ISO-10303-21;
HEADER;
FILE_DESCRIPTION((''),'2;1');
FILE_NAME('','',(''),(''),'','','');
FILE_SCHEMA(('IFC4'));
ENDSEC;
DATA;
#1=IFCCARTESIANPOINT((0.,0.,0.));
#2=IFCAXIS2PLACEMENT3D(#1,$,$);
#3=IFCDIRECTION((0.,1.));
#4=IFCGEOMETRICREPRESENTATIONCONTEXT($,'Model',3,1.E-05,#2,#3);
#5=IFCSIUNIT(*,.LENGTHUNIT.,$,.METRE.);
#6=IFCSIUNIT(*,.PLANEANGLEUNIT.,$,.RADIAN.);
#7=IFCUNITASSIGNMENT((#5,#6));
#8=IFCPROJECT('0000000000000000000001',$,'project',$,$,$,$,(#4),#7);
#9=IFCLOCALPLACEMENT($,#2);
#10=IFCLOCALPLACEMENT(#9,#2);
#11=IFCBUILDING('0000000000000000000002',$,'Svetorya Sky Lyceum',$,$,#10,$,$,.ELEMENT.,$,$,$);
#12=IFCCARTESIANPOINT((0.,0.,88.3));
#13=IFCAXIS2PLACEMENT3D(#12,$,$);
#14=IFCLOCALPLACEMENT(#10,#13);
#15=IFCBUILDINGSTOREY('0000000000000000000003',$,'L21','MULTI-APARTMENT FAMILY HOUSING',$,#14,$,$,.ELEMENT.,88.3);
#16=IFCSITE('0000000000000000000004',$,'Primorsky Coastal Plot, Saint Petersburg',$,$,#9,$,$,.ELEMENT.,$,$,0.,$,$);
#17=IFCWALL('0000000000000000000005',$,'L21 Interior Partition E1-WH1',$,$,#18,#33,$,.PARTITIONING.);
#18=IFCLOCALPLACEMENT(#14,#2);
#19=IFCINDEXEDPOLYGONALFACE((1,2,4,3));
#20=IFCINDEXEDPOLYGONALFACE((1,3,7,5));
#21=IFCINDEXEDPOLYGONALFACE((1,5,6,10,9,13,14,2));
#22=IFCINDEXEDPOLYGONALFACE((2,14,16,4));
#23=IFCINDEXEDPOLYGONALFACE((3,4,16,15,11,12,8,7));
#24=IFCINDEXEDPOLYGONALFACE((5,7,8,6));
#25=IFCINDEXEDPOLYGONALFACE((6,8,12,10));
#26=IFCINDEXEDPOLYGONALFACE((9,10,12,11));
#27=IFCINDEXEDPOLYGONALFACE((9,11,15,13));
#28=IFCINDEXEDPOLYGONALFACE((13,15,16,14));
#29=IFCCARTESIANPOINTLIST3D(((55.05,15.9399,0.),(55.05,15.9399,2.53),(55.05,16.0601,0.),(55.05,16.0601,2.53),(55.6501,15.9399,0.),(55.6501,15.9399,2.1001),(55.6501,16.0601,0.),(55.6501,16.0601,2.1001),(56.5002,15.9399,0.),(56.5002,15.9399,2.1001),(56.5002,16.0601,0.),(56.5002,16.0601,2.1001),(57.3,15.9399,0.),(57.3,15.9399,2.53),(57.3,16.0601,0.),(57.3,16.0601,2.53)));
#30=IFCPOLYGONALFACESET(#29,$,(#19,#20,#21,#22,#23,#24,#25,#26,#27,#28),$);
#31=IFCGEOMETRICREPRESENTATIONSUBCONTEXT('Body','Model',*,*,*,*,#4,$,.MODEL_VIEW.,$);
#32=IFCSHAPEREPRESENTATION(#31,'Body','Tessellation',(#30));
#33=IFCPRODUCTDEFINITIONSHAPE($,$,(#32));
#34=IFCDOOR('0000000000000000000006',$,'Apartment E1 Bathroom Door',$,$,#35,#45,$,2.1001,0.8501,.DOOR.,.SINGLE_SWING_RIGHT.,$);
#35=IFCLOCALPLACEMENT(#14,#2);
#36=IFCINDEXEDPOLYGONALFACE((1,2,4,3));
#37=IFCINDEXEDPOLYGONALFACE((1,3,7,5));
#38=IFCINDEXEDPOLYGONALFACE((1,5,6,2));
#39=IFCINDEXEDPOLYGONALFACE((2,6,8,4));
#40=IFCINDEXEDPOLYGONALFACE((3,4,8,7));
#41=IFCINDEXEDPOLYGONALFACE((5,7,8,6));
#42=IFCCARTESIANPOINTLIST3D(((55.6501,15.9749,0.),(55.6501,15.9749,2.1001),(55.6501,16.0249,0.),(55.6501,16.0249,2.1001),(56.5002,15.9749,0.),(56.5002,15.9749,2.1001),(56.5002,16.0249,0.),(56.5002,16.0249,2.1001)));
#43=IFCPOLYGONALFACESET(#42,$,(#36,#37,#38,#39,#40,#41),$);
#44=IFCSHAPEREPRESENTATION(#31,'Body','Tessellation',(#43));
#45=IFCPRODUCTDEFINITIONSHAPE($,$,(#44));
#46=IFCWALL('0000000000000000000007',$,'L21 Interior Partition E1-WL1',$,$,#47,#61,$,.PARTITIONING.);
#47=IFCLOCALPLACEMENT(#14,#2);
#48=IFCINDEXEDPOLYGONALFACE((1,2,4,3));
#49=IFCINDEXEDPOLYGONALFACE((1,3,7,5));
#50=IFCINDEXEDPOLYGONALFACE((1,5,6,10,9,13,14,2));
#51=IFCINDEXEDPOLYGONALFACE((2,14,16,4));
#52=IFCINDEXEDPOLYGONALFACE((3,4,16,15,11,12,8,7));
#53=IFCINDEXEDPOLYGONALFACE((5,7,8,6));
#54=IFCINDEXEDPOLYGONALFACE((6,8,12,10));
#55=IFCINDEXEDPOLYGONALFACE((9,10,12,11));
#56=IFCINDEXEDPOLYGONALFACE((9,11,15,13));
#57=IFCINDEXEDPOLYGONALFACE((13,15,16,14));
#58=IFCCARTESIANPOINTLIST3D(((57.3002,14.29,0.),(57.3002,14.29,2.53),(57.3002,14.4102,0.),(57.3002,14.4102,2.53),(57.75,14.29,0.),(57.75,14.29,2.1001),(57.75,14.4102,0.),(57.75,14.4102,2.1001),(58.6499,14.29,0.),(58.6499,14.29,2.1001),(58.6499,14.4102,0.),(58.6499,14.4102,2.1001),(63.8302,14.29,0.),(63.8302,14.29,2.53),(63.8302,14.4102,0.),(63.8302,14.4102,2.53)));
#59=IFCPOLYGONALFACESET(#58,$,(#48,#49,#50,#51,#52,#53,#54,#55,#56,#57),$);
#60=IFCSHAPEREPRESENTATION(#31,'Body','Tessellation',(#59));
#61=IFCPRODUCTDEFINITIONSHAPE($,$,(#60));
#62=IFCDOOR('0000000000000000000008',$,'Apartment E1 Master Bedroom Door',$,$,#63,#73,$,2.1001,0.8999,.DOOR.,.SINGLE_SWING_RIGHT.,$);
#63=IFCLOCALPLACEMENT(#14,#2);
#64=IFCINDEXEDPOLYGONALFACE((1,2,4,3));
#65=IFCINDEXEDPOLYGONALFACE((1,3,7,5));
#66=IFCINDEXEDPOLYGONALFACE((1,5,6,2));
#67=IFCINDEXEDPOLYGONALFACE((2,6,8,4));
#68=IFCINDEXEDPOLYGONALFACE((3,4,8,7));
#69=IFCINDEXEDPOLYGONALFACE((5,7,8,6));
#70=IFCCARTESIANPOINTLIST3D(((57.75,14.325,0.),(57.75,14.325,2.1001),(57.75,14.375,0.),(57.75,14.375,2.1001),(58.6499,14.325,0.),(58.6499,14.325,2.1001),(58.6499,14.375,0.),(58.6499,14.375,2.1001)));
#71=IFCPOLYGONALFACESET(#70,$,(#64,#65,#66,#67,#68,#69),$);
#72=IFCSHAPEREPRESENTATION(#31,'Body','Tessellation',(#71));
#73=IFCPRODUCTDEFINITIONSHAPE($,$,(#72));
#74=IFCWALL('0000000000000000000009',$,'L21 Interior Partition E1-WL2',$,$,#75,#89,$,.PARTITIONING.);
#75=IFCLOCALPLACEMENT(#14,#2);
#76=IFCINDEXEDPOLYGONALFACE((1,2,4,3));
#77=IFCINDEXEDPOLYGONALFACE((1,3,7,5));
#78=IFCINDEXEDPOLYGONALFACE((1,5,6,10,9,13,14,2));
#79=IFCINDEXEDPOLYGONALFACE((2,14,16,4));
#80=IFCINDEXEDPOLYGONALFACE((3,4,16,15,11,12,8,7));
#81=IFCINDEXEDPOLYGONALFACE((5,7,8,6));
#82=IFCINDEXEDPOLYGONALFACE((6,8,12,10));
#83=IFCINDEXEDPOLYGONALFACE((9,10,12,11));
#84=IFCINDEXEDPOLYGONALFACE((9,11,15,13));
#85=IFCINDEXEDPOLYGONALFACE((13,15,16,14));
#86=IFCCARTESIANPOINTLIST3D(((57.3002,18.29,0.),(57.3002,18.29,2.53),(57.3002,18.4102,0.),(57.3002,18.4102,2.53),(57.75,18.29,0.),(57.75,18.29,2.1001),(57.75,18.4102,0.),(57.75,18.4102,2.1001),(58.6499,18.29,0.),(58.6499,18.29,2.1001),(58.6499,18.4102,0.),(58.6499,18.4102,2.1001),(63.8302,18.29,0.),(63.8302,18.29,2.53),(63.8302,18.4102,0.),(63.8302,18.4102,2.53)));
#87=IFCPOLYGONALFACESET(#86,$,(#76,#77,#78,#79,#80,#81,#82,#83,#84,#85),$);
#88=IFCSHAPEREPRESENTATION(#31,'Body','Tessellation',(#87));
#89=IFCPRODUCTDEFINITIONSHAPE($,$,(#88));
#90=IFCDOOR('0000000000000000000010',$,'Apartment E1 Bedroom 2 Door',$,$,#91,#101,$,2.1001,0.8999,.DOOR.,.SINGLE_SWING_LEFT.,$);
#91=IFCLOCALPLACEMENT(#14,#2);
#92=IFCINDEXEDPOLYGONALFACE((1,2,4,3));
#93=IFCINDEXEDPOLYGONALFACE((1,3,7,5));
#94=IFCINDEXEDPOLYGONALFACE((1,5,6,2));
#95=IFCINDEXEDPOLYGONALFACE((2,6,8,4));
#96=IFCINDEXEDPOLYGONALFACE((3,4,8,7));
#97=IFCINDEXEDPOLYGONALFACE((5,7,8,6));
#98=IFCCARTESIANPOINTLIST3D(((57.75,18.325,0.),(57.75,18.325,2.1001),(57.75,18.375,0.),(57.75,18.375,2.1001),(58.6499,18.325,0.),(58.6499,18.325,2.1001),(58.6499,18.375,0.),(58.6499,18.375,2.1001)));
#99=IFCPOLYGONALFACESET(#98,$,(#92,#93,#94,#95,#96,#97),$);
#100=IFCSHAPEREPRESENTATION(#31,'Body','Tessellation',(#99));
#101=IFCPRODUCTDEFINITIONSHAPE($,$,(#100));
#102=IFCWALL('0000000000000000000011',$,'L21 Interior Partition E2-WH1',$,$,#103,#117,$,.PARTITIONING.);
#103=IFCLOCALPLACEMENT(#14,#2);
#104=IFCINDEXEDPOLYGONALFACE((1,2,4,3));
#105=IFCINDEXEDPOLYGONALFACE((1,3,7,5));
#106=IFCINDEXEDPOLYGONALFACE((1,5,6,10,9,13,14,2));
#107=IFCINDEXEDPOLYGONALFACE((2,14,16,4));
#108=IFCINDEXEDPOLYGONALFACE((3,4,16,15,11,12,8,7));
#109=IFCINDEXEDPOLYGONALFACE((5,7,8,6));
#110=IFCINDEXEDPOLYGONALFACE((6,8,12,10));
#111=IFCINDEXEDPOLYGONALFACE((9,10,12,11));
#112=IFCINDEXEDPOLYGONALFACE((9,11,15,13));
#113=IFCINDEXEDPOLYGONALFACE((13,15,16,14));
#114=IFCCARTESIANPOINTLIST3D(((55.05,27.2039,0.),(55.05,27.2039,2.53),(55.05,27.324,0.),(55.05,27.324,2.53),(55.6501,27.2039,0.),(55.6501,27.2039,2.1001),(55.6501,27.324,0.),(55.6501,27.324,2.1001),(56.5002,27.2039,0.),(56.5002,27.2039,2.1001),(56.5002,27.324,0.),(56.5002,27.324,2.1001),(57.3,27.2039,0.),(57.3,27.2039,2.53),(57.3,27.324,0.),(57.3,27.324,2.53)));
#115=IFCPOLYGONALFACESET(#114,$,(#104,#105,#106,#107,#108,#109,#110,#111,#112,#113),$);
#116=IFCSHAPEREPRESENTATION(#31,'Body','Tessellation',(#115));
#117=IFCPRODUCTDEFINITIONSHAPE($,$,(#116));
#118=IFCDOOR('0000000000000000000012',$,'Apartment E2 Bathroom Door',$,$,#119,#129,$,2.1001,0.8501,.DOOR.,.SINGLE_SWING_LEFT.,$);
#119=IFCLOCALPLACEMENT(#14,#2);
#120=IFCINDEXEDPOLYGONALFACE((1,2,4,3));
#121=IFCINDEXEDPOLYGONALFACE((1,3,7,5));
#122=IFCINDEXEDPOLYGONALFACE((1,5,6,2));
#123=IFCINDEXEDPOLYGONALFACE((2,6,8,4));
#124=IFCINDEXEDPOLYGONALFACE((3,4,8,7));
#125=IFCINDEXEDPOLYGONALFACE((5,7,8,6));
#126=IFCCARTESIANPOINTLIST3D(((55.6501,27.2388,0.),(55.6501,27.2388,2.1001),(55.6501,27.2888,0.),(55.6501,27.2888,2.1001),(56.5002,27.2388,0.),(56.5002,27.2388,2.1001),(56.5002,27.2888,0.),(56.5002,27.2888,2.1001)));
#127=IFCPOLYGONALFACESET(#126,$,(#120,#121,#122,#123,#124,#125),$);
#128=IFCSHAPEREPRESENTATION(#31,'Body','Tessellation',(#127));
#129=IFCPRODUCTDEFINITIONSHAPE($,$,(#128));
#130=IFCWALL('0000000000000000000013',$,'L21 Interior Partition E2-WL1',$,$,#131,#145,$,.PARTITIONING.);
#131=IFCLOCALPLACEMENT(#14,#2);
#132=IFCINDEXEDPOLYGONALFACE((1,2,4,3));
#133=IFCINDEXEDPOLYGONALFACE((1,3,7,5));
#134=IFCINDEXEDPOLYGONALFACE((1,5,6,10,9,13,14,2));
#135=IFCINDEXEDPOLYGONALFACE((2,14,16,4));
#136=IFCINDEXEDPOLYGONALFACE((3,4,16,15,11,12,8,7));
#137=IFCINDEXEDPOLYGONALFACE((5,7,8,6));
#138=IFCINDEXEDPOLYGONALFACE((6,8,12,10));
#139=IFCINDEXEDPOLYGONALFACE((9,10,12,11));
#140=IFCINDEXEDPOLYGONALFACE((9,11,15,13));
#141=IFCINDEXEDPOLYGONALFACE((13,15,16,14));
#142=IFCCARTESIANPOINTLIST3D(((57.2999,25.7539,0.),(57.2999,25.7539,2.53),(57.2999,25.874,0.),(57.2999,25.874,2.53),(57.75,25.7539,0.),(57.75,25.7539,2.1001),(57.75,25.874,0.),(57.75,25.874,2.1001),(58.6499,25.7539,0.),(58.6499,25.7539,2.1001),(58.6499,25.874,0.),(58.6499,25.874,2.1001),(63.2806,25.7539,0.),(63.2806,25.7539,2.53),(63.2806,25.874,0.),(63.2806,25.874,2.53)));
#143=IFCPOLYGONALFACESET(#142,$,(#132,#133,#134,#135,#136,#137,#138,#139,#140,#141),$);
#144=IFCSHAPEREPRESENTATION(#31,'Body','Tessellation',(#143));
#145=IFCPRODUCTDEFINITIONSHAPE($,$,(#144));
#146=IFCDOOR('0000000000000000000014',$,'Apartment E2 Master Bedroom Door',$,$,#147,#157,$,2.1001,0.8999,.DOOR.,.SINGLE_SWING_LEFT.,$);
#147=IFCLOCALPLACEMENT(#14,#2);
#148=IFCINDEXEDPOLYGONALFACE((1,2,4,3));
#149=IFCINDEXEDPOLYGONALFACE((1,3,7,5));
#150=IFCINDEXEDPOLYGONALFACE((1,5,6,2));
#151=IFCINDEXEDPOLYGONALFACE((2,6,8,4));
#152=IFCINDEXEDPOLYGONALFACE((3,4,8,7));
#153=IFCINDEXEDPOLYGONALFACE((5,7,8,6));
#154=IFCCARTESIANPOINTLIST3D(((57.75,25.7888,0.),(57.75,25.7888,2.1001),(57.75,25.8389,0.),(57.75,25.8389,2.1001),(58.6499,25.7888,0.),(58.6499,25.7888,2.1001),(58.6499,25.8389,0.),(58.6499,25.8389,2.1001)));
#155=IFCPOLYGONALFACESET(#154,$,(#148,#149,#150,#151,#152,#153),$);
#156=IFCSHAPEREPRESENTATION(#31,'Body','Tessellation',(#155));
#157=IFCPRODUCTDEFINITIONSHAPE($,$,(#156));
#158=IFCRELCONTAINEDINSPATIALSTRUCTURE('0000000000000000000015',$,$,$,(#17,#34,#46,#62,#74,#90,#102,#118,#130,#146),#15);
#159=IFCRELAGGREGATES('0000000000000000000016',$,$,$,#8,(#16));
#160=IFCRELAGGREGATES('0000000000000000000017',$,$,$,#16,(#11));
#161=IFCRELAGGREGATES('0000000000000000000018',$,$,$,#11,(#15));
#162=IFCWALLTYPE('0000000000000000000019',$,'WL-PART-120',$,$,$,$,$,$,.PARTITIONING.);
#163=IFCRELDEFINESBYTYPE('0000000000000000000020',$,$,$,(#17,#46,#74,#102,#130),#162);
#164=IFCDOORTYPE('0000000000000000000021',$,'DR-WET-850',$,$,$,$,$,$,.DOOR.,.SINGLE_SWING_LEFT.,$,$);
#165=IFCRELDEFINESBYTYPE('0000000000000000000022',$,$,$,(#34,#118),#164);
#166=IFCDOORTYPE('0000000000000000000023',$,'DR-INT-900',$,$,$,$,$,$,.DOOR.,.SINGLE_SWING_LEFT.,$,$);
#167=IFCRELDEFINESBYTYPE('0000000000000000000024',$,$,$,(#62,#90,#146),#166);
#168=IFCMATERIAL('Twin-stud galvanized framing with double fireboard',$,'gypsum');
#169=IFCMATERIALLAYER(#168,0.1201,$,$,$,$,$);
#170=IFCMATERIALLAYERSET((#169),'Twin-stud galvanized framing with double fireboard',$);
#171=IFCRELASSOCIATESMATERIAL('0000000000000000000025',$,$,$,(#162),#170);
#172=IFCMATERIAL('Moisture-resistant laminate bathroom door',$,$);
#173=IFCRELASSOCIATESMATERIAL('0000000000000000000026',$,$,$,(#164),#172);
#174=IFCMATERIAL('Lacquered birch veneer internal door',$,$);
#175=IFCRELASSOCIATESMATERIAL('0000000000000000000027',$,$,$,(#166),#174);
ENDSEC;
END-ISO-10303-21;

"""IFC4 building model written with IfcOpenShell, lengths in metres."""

from ifc_helpers import new_model, si_unit, direction, frame, frame_2d, origin, place, context, subcontext, project, spatial, rectangle, extrude, material, layer, layer_set, type_object, element, fill, save


model = new_model("IFC4")

# Units and contexts
model_context = context("Model", 3, precision=1e-05, world=origin(), true_north=direction((0.0, 1.0)))
body_context = subcontext(model_context, "Body", "Model", "MODEL_VIEW")
ifc_project = project(units=[si_unit("LENGTHUNIT", "METRE"), si_unit("PLANEANGLEUNIT", "RADIAN")], contexts=[model_context])

# Site, building, storey
site_placement = place(None, origin())
site = spatial("IfcSite", under=ifc_project, at=site_placement, Name="Primorsky Coastal Plot, Saint Petersburg", CompositionType="ELEMENT", RefElevation=0.0)
building_placement = place(site_placement, origin())
building = spatial("IfcBuilding", under=site, at=building_placement, Name="Svetorya Sky Lyceum", CompositionType="ELEMENT")
storey_placement = place(building_placement, frame((0.0, 0.0, 88.3)))
storey = spatial("IfcBuildingStorey", under=building, at=storey_placement, Name="L21", Description="MULTI-APARTMENT FAMILY HOUSING", CompositionType="ELEMENT", Elevation=88.3)

# Walls, openings, doors
ifc_material_1 = material(Name="Twin-stud galvanized framing with double fireboard", Category="gypsum")
ifc_layer_1 = layer(ifc_material_1, 0.1201)
ifc_layer_set_1 = layer_set([ifc_layer_1], Name="Twin-stud galvanized framing with double fireboard")
wall_type_1 = type_object("IfcWallType", Name="WL-PART-120", PredefinedType="PARTITIONING", material=ifc_layer_set_1)
wall_1_placement = place(storey_placement, frame((55.05, 16.0, 0.0), z_axis=(0.0, 0.0, 1.0), x_axis=(1.0, 0.0, 0.0)))
wall_1 = element("IfcWall", 1, at=wall_1_placement, inside=storey, type_object=wall_type_1, Name="L21 Interior Partition E1-WH1", PredefinedType="PARTITIONING", context=body_context, shape_type="SweptSolid", body=[
    extrude(rectangle(XDim=2.25, YDim=0.1201, at=frame_2d((1.125, 0.0))), origin(), (0.0, 0.0, 1.0), 2.53),
])
opening_1_placement = place(wall_1_placement, frame((0.6001, 0.0, 0.0)))
opening_1 = element("IfcOpeningElement", 2, at=opening_1_placement, cuts=wall_1, PredefinedType="OPENING", context=body_context, shape_type="SweptSolid", body=[
    extrude(rectangle(XDim=0.8501, YDim=2.1001, at=frame_2d((0.425, 1.05))), frame((0.0, 0.0701, 0.0), z_axis=(0.0, -1.0, 0.0), x_axis=(1.0, 0.0, 0.0)), (0.0, 0.0, 1.0), 0.1401),
])
ifc_material_2 = material(Name="Moisture-resistant laminate bathroom door")
door_type_1 = type_object("IfcDoorType", Name="DR-WET-850", OperationType="SINGLE_SWING_LEFT", PredefinedType="DOOR", material=ifc_material_2)
door_1_placement = place(opening_1_placement, origin())
door_1 = element("IfcDoor", 3, at=door_1_placement, inside=storey, type_object=door_type_1, Name="Apartment E1 Bathroom Door", OperationType="SINGLE_SWING_RIGHT", OverallHeight=2.1001, OverallWidth=0.8501, PredefinedType="DOOR", context=body_context, shape_type="SweptSolid", body=[
    extrude(rectangle(XDim=0.8501, YDim=2.1001, at=frame_2d((0.425, 1.05))), frame((0.0, 0.0249, 0.0), z_axis=(0.0, -1.0, 0.0), x_axis=(1.0, 0.0, 0.0)), (0.0, 0.0, 1.0), 0.05),
])
fill(opening_1, door_1)
wall_2_placement = place(storey_placement, frame((57.3, 14.3501, 0.0), z_axis=(0.0, 0.0, 1.0), x_axis=(1.0, 0.0, 0.0)))
wall_2 = element("IfcWall", 4, at=wall_2_placement, inside=storey, type_object=wall_type_1, Name="L21 Interior Partition E1-WL1", PredefinedType="PARTITIONING", context=body_context, shape_type="SweptSolid", body=[
    extrude(rectangle(XDim=6.53, YDim=0.1201, at=frame_2d((3.2651, 0.0))), origin(), (0.0, 0.0, 1.0), 2.53),
])
opening_2_placement = place(wall_2_placement, frame((0.45, 0.0, 0.0)))
opening_2 = element("IfcOpeningElement", 5, at=opening_2_placement, cuts=wall_2, PredefinedType="OPENING", context=body_context, shape_type="SweptSolid", body=[
    extrude(rectangle(XDim=0.8999, YDim=2.1001, at=frame_2d((0.45, 1.05))), frame((0.0, 0.0701, 0.0), z_axis=(0.0, -1.0, 0.0), x_axis=(1.0, 0.0, 0.0)), (0.0, 0.0, 1.0), 0.1401),
])
ifc_material_3 = material(Name="Lacquered birch veneer internal door")
door_type_2 = type_object("IfcDoorType", Name="DR-INT-900", OperationType="SINGLE_SWING_LEFT", PredefinedType="DOOR", material=ifc_material_3)
door_2_placement = place(opening_2_placement, origin())
door_2 = element("IfcDoor", 6, at=door_2_placement, inside=storey, type_object=door_type_2, Name="Apartment E1 Master Bedroom Door", OperationType="SINGLE_SWING_RIGHT", OverallHeight=2.1001, OverallWidth=0.8999, PredefinedType="DOOR", context=body_context, shape_type="SweptSolid", body=[
    extrude(rectangle(XDim=0.8999, YDim=2.1001, at=frame_2d((0.45, 1.05))), frame((0.0, 0.0249, 0.0), z_axis=(0.0, -1.0, 0.0), x_axis=(1.0, 0.0, 0.0)), (0.0, 0.0, 1.0), 0.05),
])
fill(opening_2, door_2)
wall_3_placement = place(storey_placement, frame((57.3, 18.3501, 0.0), z_axis=(0.0, 0.0, 1.0), x_axis=(1.0, 0.0, 0.0)))
wall_3 = element("IfcWall", 7, at=wall_3_placement, inside=storey, type_object=wall_type_1, Name="L21 Interior Partition E1-WL2", PredefinedType="PARTITIONING", context=body_context, shape_type="SweptSolid", body=[
    extrude(rectangle(XDim=6.53, YDim=0.1201, at=frame_2d((3.2651, 0.0))), origin(), (0.0, 0.0, 1.0), 2.53),
])
opening_3_placement = place(wall_3_placement, frame((0.45, 0.0, 0.0)))
opening_3 = element("IfcOpeningElement", 8, at=opening_3_placement, cuts=wall_3, PredefinedType="OPENING", context=body_context, shape_type="SweptSolid", body=[
    extrude(rectangle(XDim=0.8999, YDim=2.1001, at=frame_2d((0.45, 1.05))), frame((0.0, 0.0701, 0.0), z_axis=(0.0, -1.0, 0.0), x_axis=(1.0, 0.0, 0.0)), (0.0, 0.0, 1.0), 0.1401),
])
door_3_placement = place(opening_3_placement, origin())
door_3 = element("IfcDoor", 9, at=door_3_placement, inside=storey, type_object=door_type_2, Name="Apartment E1 Bedroom 2 Door", OperationType="SINGLE_SWING_LEFT", OverallHeight=2.1001, OverallWidth=0.8999, PredefinedType="DOOR", context=body_context, shape_type="SweptSolid", body=[
    extrude(rectangle(XDim=0.8999, YDim=2.1001, at=frame_2d((0.45, 1.05))), frame((0.0, 0.0249, 0.0), z_axis=(0.0, -1.0, 0.0), x_axis=(1.0, 0.0, 0.0)), (0.0, 0.0, 1.0), 0.05),
])
fill(opening_3, door_3)
wall_4_placement = place(storey_placement, frame((55.05, 27.2639, 0.0), z_axis=(0.0, 0.0, 1.0), x_axis=(1.0, 0.0, 0.0)))
wall_4 = element("IfcWall", 10, at=wall_4_placement, inside=storey, type_object=wall_type_1, Name="L21 Interior Partition E2-WH1", PredefinedType="PARTITIONING", context=body_context, shape_type="SweptSolid", body=[
    extrude(rectangle(XDim=2.25, YDim=0.1201, at=frame_2d((1.125, 0.0))), origin(), (0.0, 0.0, 1.0), 2.53),
])
opening_4_placement = place(wall_4_placement, frame((0.6001, 0.0, 0.0)))
opening_4 = element("IfcOpeningElement", 11, at=opening_4_placement, cuts=wall_4, PredefinedType="OPENING", context=body_context, shape_type="SweptSolid", body=[
    extrude(rectangle(XDim=0.8501, YDim=2.1001, at=frame_2d((0.425, 1.05))), frame((0.0, 0.0701, 0.0), z_axis=(0.0, -1.0, 0.0), x_axis=(1.0, 0.0, 0.0)), (0.0, 0.0, 1.0), 0.1401),
])
door_4_placement = place(opening_4_placement, origin())
door_4 = element("IfcDoor", 12, at=door_4_placement, inside=storey, type_object=door_type_1, Name="Apartment E2 Bathroom Door", OperationType="SINGLE_SWING_LEFT", OverallHeight=2.1001, OverallWidth=0.8501, PredefinedType="DOOR", context=body_context, shape_type="SweptSolid", body=[
    extrude(rectangle(XDim=0.8501, YDim=2.1001, at=frame_2d((0.425, 1.05))), frame((0.0, 0.0249, 0.0), z_axis=(0.0, -1.0, 0.0), x_axis=(1.0, 0.0, 0.0)), (0.0, 0.0, 1.0), 0.05),
])
fill(opening_4, door_4)
wall_5_placement = place(storey_placement, frame((57.3, 25.814, 0.0), z_axis=(0.0, 0.0, 1.0), x_axis=(1.0, 0.0, 0.0)))
wall_5 = element("IfcWall", 13, at=wall_5_placement, inside=storey, type_object=wall_type_1, Name="L21 Interior Partition E2-WL1", PredefinedType="PARTITIONING", context=body_context, shape_type="SweptSolid", body=[
    extrude(rectangle(XDim=5.9807, YDim=0.1201, at=frame_2d((2.9902, 0.0))), origin(), (0.0, 0.0, 1.0), 2.53),
])
opening_5_placement = place(wall_5_placement, frame((0.45, 0.0, 0.0)))
opening_5 = element("IfcOpeningElement", 14, at=opening_5_placement, cuts=wall_5, PredefinedType="OPENING", context=body_context, shape_type="SweptSolid", body=[
    extrude(rectangle(XDim=0.8999, YDim=2.1001, at=frame_2d((0.45, 1.05))), frame((0.0, 0.0701, 0.0), z_axis=(0.0, -1.0, 0.0), x_axis=(1.0, 0.0, 0.0)), (0.0, 0.0, 1.0), 0.1401),
])
door_5_placement = place(opening_5_placement, origin())
door_5 = element("IfcDoor", 15, at=door_5_placement, inside=storey, type_object=door_type_2, Name="Apartment E2 Master Bedroom Door", OperationType="SINGLE_SWING_LEFT", OverallHeight=2.1001, OverallWidth=0.8999, PredefinedType="DOOR", context=body_context, shape_type="SweptSolid", body=[
    extrude(rectangle(XDim=0.8999, YDim=2.1001, at=frame_2d((0.45, 1.05))), frame((0.0, 0.0249, 0.0), z_axis=(0.0, -1.0, 0.0), x_axis=(1.0, 0.0, 0.0)), (0.0, 0.0, 1.0), 0.05),
])
fill(opening_5, door_5)

save(model, "model.ifc")
